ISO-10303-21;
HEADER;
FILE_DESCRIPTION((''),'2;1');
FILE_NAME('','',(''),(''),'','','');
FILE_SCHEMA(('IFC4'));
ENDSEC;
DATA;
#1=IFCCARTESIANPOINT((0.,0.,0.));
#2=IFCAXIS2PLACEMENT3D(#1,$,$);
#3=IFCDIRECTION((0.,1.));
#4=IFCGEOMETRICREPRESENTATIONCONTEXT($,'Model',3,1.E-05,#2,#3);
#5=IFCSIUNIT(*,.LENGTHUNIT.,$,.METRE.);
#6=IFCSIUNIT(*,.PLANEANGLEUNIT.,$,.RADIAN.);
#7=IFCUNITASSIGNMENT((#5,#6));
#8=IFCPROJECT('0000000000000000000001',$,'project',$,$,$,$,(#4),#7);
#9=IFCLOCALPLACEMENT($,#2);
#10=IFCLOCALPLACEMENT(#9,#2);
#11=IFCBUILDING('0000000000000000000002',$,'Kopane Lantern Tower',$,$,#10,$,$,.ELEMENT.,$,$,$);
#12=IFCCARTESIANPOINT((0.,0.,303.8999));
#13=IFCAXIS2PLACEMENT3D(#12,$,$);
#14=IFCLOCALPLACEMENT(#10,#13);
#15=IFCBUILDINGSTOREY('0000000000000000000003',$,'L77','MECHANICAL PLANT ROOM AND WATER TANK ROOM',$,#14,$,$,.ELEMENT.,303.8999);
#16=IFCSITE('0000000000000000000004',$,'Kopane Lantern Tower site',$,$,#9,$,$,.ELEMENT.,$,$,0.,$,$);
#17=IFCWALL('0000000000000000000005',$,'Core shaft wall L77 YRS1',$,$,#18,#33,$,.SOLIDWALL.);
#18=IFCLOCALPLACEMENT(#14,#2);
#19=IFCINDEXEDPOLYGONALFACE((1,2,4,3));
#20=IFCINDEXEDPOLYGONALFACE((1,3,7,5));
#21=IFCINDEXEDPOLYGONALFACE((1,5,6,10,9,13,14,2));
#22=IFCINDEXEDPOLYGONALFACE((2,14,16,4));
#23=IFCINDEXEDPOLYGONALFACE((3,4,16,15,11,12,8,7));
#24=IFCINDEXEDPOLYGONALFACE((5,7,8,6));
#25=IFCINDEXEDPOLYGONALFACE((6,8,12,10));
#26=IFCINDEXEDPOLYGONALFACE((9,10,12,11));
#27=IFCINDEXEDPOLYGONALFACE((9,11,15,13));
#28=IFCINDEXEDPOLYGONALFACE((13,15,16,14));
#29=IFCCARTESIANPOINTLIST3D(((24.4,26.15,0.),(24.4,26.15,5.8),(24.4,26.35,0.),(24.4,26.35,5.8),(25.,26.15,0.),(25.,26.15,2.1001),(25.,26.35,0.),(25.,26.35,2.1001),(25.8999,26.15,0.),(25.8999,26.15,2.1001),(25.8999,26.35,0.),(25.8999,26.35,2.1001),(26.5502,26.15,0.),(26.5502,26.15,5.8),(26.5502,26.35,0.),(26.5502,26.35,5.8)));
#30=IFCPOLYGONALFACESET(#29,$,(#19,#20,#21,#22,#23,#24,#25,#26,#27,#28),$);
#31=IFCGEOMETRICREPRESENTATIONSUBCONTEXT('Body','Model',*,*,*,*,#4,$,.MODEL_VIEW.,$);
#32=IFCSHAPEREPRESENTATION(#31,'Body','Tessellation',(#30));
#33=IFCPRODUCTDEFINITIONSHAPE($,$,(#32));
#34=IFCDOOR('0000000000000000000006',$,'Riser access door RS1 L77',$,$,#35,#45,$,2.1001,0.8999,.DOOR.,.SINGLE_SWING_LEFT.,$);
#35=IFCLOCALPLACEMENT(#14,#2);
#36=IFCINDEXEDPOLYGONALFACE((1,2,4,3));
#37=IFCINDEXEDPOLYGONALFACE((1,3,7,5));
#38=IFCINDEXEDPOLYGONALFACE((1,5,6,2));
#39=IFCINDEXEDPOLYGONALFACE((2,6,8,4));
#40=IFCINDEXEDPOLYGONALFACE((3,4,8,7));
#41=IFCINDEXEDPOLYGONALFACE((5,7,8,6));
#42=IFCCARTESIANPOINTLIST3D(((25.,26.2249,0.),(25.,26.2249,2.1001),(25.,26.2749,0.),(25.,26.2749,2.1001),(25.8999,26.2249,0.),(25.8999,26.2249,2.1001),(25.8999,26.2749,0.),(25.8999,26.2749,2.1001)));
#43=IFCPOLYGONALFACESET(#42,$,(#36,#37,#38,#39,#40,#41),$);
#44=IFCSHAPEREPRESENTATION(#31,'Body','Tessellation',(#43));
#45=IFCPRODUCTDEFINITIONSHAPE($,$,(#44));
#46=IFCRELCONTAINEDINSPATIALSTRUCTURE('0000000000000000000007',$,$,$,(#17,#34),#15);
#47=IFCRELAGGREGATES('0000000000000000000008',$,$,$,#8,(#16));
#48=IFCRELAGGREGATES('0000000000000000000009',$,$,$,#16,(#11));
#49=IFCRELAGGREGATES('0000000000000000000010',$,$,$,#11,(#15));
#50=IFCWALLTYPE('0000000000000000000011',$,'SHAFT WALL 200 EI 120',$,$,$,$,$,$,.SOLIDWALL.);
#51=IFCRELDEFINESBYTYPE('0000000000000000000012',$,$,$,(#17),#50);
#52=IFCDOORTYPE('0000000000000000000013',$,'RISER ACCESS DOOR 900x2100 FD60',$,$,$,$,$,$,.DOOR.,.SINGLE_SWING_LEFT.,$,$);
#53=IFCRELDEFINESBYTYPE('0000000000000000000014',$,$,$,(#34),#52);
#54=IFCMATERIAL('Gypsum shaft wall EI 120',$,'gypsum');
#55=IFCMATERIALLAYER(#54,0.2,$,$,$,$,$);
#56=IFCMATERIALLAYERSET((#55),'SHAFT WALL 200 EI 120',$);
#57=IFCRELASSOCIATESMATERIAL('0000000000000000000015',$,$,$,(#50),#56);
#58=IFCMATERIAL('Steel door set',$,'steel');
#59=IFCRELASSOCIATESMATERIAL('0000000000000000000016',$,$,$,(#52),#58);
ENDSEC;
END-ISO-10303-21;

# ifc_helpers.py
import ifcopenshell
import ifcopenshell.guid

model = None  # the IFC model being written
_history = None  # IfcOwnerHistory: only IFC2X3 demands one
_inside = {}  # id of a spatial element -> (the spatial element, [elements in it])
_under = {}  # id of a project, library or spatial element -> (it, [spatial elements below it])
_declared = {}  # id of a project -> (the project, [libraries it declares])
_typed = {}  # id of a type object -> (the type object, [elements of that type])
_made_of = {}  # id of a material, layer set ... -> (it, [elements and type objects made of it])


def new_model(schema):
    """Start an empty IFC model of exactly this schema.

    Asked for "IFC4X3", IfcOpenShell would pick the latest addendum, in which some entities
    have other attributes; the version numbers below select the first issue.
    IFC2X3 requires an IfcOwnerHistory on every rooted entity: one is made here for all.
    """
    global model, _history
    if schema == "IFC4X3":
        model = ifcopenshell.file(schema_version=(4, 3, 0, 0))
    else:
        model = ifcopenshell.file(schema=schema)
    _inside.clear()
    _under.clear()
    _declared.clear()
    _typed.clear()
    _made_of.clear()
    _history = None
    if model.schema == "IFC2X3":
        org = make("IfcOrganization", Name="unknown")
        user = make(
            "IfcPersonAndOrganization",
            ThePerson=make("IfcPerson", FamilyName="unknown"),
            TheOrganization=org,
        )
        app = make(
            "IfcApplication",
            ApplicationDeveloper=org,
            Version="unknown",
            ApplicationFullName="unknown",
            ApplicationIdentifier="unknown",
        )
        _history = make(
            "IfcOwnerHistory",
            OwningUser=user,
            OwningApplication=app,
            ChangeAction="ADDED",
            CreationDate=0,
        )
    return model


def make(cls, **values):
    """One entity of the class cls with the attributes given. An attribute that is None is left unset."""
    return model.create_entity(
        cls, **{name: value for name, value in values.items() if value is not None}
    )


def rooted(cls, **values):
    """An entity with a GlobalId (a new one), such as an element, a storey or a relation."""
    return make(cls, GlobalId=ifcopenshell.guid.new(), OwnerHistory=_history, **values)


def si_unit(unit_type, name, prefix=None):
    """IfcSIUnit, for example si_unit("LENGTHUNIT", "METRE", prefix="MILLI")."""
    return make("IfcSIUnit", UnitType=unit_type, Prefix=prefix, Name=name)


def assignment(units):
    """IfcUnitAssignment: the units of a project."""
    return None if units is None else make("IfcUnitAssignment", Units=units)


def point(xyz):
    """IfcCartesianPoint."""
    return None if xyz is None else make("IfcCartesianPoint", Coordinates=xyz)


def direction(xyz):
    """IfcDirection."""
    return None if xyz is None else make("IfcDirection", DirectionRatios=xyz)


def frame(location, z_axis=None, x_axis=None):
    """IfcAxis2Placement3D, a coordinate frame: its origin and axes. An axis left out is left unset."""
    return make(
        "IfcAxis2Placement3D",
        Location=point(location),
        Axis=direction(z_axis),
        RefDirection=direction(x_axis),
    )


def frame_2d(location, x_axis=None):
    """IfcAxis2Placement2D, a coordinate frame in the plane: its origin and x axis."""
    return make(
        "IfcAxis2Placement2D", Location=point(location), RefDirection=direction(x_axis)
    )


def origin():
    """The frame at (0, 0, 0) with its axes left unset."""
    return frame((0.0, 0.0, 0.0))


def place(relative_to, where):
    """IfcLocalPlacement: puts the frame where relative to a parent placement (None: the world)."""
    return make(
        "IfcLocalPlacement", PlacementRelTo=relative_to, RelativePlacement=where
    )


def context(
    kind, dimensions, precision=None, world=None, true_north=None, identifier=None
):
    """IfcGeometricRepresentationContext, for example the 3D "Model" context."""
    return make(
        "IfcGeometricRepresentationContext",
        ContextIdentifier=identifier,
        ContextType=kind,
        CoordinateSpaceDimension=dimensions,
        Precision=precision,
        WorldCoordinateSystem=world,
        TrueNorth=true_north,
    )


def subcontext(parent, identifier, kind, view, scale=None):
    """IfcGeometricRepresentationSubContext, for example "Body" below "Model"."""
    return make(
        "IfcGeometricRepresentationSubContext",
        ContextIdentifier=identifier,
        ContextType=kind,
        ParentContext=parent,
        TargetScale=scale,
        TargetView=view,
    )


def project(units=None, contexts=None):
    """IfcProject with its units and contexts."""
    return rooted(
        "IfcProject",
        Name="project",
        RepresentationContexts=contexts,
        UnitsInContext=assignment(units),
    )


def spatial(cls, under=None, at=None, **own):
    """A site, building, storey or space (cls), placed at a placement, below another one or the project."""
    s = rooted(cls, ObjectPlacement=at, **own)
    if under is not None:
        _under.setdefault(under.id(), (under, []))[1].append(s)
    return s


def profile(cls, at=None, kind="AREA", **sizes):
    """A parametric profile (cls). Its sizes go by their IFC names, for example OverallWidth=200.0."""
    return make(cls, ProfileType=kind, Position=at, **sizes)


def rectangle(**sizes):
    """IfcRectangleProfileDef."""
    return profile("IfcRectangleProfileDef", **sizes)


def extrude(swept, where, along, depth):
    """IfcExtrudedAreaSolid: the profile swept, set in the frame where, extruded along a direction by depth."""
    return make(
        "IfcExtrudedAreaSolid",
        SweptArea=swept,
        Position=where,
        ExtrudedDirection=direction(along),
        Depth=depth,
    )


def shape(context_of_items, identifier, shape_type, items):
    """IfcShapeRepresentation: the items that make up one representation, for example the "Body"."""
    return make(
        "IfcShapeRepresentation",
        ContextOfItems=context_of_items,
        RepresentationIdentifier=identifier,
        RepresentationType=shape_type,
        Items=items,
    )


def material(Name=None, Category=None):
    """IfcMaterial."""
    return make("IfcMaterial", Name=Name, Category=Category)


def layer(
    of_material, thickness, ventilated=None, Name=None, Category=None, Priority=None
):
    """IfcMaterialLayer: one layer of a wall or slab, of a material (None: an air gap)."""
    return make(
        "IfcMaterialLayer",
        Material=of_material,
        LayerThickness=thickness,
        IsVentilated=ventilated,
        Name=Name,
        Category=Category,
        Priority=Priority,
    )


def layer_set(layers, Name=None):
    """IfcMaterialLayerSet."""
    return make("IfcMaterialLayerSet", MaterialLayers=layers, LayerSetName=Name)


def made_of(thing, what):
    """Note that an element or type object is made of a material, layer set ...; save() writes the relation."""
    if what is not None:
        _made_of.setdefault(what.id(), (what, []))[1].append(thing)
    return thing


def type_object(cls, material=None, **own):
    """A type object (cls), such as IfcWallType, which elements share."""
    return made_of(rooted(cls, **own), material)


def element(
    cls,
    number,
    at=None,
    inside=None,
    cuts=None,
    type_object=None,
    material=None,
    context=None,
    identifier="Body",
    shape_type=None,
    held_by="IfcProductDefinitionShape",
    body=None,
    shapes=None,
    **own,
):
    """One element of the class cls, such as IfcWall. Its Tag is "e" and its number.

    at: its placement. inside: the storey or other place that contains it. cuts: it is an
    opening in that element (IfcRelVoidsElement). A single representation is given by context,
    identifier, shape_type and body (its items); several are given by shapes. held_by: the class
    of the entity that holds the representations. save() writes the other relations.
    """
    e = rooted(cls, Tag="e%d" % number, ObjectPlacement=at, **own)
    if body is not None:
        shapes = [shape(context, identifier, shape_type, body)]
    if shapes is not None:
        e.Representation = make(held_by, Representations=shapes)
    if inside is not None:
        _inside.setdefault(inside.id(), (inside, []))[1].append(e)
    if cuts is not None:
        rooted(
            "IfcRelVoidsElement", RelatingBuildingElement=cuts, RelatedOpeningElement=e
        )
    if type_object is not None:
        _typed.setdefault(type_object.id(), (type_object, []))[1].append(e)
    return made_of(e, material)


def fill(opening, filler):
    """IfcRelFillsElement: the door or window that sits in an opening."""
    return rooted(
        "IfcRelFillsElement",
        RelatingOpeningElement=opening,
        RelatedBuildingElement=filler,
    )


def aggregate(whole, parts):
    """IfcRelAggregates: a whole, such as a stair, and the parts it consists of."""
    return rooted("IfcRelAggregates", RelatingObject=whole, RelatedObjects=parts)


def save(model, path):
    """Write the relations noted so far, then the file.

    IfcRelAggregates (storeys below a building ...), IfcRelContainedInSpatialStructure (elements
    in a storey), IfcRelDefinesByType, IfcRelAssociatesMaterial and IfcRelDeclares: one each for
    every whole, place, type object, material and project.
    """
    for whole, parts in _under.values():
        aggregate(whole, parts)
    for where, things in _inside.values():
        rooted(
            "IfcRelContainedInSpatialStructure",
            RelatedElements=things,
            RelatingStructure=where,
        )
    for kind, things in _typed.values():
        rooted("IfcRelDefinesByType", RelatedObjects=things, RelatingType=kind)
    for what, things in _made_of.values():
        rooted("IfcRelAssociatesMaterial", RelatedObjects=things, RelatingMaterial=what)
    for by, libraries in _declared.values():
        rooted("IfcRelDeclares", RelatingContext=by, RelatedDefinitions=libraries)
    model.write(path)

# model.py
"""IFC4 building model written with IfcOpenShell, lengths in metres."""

from ifc_helpers import new_model, si_unit, direction, frame, frame_2d, origin, place, context, subcontext, project, spatial, rectangle, extrude, material, layer, layer_set, type_object, element, fill, save


model = new_model("IFC4")

# Units and contexts
model_context = context("Model", 3, precision=1e-05, world=origin(), true_north=direction((0.0, 1.0)))
body_context = subcontext(model_context, "Body", "Model", "MODEL_VIEW")
ifc_project = project(units=[si_unit("LENGTHUNIT", "METRE"), si_unit("PLANEANGLEUNIT", "RADIAN")], contexts=[model_context])

# Site, building, storey
site_placement = place(None, origin())
site = spatial("IfcSite", under=ifc_project, at=site_placement, Name="Kopane Lantern Tower site", CompositionType="ELEMENT", RefElevation=0.0)
building_placement = place(site_placement, origin())
building = spatial("IfcBuilding", under=site, at=building_placement, Name="Kopane Lantern Tower", CompositionType="ELEMENT")
storey_placement = place(building_placement, frame((0.0, 0.0, 303.8999)))
storey = spatial("IfcBuildingStorey", under=building, at=storey_placement, Name="L77", Description="MECHANICAL PLANT ROOM AND WATER TANK ROOM", CompositionType="ELEMENT", Elevation=303.8999)

# Shared definitions
ifc_material_1 = material(Name="Gypsum shaft wall EI 120", Category="gypsum")
ifc_layer_1 = layer(ifc_material_1, 0.2)
ifc_layer_set_1 = layer_set([ifc_layer_1], Name="SHAFT WALL 200 EI 120")
wall_type_1 = type_object("IfcWallType", Name="SHAFT WALL 200 EI 120", PredefinedType="SOLIDWALL", material=ifc_layer_set_1)

# Wall, opening, door
wall_1_placement = place(storey_placement, frame((24.3999, 26.25, 0.0), z_axis=(0.0, 0.0, 1.0), x_axis=(1.0, 0.0, 0.0)))
wall_1 = element("IfcWall", 1, at=wall_1_placement, inside=storey, type_object=wall_type_1, Name="Core shaft wall L77 YRS1", PredefinedType="SOLIDWALL", context=body_context, shape_type="SweptSolid", body=[
    extrude(rectangle(XDim=2.1501, YDim=0.2, at=frame_2d((1.0752, 0.0))), origin(), (0.0, 0.0, 1.0), 5.8),
])
opening_1_placement = place(wall_1_placement, frame((0.6001, 0.0, 0.0)))
opening_1 = element("IfcOpeningElement", 2, at=opening_1_placement, cuts=wall_1, PredefinedType="OPENING", context=body_context, shape_type="SweptSolid", body=[
    extrude(rectangle(XDim=0.8999, YDim=2.1001, at=frame_2d((0.45, 1.05))), frame((0.0, 0.1099, 0.0), z_axis=(0.0, -1.0, 0.0), x_axis=(1.0, 0.0, 0.0)), (0.0, 0.0, 1.0), 0.22),
])
ifc_material_2 = material(Name="Steel door set", Category="steel")
door_type_1 = type_object("IfcDoorType", Name="RISER ACCESS DOOR 900x2100 FD60", OperationType="SINGLE_SWING_LEFT", PredefinedType="DOOR", material=ifc_material_2)
door_1_placement = place(opening_1_placement, origin())
door_1 = element("IfcDoor", 3, at=door_1_placement, inside=storey, type_object=door_type_1, Name="Riser access door RS1 L77", OperationType="SINGLE_SWING_LEFT", OverallHeight=2.1001, OverallWidth=0.8999, PredefinedType="DOOR", context=body_context, shape_type="SweptSolid", body=[
    extrude(rectangle(XDim=0.8999, YDim=2.1001, at=frame_2d((0.45, 1.05))), frame((0.0, 0.0249, 0.0), z_axis=(0.0, -1.0, 0.0), x_axis=(1.0, 0.0, 0.0)), (0.0, 0.0, 1.0), 0.05),
])
fill(opening_1, door_1)

save(model, "model.ifc")
